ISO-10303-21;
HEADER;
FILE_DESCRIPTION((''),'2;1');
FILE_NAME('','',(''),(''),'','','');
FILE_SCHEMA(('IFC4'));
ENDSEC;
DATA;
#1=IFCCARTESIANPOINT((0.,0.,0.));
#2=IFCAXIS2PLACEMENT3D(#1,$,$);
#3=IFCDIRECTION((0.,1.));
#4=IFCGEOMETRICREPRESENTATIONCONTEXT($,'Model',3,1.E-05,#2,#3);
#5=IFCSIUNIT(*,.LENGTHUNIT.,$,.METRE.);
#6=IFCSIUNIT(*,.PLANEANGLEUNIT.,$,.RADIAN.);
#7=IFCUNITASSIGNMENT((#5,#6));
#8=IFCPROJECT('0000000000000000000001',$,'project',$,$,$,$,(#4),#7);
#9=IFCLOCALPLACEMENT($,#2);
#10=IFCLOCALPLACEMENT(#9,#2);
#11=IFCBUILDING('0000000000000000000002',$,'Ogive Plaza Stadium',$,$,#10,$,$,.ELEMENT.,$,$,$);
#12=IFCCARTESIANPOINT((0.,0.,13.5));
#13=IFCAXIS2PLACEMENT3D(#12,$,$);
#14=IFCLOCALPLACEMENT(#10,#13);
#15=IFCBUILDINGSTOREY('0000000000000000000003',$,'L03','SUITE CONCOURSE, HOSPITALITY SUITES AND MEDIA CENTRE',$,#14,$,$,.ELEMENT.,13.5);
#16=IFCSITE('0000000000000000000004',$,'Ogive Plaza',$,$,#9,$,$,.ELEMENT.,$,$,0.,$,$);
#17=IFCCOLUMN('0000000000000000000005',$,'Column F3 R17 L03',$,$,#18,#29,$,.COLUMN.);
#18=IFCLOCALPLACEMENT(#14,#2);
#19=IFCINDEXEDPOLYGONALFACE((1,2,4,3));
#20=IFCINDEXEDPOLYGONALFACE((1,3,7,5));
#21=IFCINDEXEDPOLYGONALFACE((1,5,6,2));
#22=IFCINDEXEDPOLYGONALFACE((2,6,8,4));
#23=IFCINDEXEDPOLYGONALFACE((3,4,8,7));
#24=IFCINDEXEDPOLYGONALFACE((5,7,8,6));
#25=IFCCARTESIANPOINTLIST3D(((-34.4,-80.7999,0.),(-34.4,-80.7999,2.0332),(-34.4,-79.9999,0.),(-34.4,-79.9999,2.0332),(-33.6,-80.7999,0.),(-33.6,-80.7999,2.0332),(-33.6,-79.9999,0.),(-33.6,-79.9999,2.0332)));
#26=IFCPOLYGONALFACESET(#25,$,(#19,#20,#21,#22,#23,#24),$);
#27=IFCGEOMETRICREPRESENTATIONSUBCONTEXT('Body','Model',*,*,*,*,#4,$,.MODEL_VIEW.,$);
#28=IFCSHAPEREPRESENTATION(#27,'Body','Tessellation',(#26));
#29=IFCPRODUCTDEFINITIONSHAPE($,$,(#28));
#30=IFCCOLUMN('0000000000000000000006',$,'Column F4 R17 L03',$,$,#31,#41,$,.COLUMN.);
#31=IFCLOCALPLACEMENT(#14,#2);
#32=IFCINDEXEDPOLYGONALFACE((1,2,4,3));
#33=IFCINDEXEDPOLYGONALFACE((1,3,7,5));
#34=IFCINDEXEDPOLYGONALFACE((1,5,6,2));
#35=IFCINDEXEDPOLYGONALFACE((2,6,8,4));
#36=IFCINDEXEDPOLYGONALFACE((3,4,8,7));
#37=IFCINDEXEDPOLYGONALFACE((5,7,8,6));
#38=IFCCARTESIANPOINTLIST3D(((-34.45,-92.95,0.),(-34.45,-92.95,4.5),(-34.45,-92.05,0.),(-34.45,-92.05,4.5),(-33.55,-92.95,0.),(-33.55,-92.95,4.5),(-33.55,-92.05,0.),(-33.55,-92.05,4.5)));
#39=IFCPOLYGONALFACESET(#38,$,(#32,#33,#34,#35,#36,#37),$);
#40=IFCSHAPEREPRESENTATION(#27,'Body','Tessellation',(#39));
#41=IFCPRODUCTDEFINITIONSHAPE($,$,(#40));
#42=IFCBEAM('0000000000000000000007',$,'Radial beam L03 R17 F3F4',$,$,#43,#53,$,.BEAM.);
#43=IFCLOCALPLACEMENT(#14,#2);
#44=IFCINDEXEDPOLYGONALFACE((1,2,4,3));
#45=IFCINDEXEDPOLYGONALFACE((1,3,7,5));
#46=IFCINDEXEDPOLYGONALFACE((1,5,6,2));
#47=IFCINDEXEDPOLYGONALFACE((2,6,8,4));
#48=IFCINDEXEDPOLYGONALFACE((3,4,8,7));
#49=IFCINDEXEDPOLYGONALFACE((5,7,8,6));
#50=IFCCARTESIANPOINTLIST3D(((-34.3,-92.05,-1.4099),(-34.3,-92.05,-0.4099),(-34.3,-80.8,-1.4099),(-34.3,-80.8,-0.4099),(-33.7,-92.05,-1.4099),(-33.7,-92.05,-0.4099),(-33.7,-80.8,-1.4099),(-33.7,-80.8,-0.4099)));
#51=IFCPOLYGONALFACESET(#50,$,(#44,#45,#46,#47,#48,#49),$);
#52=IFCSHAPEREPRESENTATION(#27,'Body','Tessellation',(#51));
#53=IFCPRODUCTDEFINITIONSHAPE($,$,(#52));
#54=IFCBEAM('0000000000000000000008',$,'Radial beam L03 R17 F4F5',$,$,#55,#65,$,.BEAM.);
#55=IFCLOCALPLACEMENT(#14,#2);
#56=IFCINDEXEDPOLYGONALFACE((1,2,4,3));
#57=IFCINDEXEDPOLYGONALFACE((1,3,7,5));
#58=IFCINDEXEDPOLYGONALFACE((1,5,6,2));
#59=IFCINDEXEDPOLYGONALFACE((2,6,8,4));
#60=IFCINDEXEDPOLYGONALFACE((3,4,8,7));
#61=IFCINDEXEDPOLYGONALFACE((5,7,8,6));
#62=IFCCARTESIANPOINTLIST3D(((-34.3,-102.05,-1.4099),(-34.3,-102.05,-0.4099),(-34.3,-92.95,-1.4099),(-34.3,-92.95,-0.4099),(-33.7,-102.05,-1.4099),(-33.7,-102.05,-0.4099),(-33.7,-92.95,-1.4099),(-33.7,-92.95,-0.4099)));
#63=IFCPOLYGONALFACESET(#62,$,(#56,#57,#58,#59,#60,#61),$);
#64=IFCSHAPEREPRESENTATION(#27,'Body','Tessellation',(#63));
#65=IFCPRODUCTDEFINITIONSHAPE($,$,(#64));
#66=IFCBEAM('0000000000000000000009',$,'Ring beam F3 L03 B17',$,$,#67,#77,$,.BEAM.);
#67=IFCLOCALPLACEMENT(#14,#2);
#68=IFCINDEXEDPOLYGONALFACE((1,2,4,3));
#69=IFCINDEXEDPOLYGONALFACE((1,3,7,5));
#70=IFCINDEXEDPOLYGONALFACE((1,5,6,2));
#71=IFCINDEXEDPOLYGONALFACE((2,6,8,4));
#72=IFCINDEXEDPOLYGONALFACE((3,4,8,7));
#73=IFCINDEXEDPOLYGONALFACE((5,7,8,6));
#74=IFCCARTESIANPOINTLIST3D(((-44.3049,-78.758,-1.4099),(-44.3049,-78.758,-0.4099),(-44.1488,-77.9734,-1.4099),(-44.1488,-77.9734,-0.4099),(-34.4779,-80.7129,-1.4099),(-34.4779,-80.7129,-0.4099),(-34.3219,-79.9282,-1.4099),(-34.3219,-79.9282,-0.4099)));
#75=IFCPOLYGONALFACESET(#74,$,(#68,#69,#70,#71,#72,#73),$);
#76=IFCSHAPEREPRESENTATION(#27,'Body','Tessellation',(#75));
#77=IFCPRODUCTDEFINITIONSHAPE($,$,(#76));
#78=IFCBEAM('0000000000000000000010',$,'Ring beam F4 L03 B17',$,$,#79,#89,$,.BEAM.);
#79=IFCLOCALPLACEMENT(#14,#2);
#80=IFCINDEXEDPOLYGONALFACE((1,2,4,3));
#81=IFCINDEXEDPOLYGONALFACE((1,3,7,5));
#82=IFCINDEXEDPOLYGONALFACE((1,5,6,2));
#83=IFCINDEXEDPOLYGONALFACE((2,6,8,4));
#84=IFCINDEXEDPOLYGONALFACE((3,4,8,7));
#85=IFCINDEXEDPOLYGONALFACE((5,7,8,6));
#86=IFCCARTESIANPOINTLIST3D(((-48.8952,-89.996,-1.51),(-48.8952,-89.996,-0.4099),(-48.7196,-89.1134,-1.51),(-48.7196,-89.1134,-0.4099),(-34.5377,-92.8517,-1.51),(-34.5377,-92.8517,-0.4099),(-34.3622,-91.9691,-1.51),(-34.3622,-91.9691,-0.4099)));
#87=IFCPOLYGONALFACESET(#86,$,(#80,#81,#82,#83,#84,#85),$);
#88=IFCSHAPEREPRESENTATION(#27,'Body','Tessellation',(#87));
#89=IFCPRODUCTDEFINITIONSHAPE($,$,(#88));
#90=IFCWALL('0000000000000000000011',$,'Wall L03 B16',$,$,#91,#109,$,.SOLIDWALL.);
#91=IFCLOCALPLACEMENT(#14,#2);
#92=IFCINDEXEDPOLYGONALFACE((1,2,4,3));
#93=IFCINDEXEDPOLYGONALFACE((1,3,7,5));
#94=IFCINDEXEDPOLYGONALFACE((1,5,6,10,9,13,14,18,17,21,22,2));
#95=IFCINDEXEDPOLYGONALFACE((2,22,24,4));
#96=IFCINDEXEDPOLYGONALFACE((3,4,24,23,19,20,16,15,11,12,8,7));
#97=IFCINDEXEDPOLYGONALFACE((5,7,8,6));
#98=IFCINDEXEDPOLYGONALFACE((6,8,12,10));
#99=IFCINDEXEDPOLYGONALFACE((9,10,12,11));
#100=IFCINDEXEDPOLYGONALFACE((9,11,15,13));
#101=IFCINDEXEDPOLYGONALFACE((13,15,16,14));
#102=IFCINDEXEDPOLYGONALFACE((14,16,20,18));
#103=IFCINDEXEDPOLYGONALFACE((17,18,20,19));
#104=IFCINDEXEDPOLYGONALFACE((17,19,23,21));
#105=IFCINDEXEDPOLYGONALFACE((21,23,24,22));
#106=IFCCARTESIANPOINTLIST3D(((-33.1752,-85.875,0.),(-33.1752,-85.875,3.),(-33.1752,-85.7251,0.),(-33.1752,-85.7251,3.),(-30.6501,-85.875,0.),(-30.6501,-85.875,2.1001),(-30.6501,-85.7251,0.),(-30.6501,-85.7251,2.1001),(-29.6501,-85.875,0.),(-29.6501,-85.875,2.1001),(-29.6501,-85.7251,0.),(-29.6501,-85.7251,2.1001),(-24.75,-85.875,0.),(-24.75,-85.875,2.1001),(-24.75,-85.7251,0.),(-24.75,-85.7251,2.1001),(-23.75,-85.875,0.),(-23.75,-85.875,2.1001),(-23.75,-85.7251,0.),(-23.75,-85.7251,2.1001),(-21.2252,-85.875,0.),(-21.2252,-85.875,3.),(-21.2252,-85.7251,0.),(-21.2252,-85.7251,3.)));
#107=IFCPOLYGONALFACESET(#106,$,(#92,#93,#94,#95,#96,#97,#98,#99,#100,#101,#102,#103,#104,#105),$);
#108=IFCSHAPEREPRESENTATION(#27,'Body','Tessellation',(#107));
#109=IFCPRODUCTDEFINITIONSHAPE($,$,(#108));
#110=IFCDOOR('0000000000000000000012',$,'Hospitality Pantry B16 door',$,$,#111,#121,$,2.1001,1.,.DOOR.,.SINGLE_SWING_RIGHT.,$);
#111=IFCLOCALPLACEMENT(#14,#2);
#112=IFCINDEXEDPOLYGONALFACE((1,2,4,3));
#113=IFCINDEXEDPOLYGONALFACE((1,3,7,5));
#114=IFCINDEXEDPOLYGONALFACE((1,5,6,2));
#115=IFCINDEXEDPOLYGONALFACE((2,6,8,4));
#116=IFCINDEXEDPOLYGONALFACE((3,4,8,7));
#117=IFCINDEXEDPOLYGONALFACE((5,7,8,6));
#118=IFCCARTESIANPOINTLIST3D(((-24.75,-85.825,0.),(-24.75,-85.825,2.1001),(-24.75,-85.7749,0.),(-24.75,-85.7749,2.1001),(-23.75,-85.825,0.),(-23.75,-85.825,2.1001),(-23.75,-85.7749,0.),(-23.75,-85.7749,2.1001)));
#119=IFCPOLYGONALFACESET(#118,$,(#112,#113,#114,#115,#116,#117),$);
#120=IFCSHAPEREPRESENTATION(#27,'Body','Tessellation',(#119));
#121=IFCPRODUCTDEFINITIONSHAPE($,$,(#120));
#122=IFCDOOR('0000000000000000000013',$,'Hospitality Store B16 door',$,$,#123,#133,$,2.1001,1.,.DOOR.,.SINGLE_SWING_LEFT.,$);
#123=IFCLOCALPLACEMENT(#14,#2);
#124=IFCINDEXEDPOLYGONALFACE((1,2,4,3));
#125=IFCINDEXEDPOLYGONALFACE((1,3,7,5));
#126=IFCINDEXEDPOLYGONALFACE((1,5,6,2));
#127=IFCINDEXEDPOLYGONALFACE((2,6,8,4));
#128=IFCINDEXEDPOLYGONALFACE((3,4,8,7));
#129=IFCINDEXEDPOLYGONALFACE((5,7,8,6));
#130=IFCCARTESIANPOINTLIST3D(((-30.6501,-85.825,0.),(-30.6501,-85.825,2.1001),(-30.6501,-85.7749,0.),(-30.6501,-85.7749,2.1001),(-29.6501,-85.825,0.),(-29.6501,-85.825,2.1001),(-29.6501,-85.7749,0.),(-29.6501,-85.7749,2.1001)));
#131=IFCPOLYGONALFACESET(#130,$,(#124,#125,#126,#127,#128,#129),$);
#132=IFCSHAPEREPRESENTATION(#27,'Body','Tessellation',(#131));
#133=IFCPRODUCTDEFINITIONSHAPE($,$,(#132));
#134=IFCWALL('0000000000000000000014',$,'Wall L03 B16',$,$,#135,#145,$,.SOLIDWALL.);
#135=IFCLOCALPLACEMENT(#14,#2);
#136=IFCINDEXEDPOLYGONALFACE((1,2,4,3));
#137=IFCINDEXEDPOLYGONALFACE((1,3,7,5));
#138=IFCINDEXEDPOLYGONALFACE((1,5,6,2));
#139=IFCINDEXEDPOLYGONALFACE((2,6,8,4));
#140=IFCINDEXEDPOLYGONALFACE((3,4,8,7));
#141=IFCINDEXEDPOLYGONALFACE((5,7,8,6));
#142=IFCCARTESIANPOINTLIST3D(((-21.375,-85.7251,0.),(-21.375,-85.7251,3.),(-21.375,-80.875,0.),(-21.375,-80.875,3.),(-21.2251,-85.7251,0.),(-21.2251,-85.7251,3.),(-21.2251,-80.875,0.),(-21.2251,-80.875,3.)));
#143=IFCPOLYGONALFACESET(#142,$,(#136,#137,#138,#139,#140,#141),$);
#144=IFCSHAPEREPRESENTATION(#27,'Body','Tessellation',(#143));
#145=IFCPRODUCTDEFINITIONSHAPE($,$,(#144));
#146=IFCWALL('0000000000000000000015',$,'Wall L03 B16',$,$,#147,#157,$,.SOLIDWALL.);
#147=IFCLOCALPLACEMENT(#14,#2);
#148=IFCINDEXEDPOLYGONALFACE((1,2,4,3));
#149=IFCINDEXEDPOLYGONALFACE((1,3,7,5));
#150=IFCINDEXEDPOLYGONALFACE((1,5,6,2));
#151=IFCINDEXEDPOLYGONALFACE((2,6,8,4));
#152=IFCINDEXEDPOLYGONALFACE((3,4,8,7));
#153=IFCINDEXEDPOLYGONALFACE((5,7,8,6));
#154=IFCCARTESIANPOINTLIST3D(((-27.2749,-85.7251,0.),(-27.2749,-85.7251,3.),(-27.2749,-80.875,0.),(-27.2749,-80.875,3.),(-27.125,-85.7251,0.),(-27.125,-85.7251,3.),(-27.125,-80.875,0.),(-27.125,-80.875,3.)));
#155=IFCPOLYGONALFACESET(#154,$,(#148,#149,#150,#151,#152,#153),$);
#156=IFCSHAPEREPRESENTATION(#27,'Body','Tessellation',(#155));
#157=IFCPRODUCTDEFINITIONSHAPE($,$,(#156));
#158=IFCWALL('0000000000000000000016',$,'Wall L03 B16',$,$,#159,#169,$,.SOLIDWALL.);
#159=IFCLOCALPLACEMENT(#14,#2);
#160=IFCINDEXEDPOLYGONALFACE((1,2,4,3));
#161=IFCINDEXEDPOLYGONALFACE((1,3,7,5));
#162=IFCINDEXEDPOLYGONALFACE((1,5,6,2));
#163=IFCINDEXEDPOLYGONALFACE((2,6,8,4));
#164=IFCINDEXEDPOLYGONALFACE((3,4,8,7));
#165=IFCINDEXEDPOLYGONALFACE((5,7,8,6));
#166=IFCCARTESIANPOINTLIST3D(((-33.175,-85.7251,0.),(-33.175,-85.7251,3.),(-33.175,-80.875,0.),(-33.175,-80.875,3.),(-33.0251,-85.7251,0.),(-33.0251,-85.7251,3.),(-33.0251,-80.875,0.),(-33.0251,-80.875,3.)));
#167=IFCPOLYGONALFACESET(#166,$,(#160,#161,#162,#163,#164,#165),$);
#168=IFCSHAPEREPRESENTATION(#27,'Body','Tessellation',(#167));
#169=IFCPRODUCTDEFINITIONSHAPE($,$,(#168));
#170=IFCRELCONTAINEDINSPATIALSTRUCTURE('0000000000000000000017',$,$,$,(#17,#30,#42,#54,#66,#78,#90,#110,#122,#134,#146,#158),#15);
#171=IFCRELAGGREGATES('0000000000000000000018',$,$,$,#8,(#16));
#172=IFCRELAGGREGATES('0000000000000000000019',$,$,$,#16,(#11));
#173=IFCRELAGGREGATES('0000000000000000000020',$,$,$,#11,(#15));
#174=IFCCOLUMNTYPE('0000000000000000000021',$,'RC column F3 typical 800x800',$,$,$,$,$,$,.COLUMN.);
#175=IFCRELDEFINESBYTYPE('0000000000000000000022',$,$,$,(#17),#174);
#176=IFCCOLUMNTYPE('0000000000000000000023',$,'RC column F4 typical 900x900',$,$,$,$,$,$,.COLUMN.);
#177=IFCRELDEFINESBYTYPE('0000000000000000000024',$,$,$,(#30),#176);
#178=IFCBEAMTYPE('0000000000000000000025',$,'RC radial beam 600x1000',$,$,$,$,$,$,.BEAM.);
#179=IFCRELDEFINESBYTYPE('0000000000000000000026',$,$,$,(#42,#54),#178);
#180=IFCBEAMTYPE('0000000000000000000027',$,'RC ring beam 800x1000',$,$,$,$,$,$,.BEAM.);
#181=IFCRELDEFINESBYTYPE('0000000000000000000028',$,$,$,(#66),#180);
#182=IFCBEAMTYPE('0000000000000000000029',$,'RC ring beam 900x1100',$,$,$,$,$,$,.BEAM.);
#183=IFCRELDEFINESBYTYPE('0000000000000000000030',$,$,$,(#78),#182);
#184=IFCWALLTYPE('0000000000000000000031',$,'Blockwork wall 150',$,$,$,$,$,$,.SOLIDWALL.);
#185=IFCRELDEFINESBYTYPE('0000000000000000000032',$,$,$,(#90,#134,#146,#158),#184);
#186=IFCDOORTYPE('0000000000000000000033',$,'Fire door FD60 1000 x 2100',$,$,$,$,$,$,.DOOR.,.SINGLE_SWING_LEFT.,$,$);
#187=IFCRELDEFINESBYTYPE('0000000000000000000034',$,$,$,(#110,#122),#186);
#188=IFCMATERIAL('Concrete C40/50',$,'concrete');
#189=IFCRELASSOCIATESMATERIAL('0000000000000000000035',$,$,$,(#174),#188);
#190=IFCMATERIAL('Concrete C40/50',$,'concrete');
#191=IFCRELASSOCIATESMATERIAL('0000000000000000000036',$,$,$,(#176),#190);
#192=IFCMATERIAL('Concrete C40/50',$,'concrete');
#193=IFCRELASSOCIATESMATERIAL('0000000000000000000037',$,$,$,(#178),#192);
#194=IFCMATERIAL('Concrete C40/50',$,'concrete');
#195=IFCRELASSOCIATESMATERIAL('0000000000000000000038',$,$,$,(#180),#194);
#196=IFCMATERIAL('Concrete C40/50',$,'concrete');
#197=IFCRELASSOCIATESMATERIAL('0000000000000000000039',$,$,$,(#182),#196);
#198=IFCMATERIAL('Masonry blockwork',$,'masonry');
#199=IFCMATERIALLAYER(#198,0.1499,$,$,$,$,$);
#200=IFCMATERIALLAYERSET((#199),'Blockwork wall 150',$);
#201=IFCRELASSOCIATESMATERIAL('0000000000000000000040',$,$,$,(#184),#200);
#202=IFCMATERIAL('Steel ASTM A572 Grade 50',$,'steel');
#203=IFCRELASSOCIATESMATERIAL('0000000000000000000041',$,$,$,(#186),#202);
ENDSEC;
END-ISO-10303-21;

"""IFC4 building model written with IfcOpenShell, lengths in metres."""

from ifc_helpers import new_model, si_unit, direction, frame, frame_2d, origin, origin_2d, place, context, subcontext, project, spatial, rectangle, extrude, material, layer, layer_set, material_profile, profile_set, type_object, element, fill, save


model = new_model("IFC4")

# Units and contexts
model_context = context("Model", 3, precision=1e-05, world=origin(), true_north=direction((0.0, 1.0)))
body_context = subcontext(model_context, "Body", "Model", "MODEL_VIEW")
ifc_project = project(units=[si_unit("LENGTHUNIT", "METRE"), si_unit("PLANEANGLEUNIT", "RADIAN")], contexts=[model_context])

# Site, building, storey
site_placement = place(None, origin())
site = spatial("IfcSite", under=ifc_project, at=site_placement, Name="Ogive Plaza", CompositionType="ELEMENT", RefElevation=0.0)
building_placement = place(site_placement, origin())
building = spatial("IfcBuilding", under=site, at=building_placement, Name="Ogive Plaza Stadium", CompositionType="ELEMENT")
storey_placement = place(building_placement, frame((0.0, 0.0, 13.5)))
storey = spatial("IfcBuildingStorey", under=building, at=storey_placement, Name="L03", Description="SUITE CONCOURSE, HOSPITALITY SUITES AND MEDIA CENTRE", CompositionType="ELEMENT", Elevation=13.5)

# Columns
ifc_material_1 = material(Name="Concrete C40/50", Category="concrete")
ifc_material_profile_1 = material_profile(ifc_material_1, rectangle(XDim=0.8, YDim=0.8, at=origin_2d()), Name="RC 800x800")
ifc_profile_set_1 = profile_set([ifc_material_profile_1], Name="Concrete C40/50")
column_type_1 = type_object("IfcColumnType", Name="RC column F3 typical 800x800", PredefinedType="COLUMN", material=ifc_profile_set_1)
column_1_placement = place(storey_placement, frame((-34.0, -80.3999, 0.0), z_axis=(0.0, 0.0, 1.0), x_axis=(1.0, 0.0, 0.0)))
element("IfcColumn", 1, at=column_1_placement, inside=storey, type_object=column_type_1, Name="Column F3 R17 L03", PredefinedType="COLUMN", context=body_context, shape_type="SweptSolid", body=[
    extrude(rectangle(XDim=0.8, YDim=0.8, at=origin_2d()), origin(), (0.0, 0.0, 1.0), 2.0332),
])
ifc_material_2 = material(Name="Concrete C40/50", Category="concrete")
ifc_material_profile_2 = material_profile(ifc_material_2, rectangle(XDim=0.8999, YDim=0.8999, at=origin_2d()), Name="RC 900x900")
ifc_profile_set_2 = profile_set([ifc_material_profile_2], Name="Concrete C40/50")
column_type_2 = type_object("IfcColumnType", Name="RC column F4 typical 900x900", PredefinedType="COLUMN", material=ifc_profile_set_2)
column_2_placement = place(storey_placement, frame((-34.0, -92.5, 0.0), z_axis=(0.0, 0.0, 1.0), x_axis=(1.0, 0.0, 0.0)))
element("IfcColumn", 2, at=column_2_placement, inside=storey, type_object=column_type_2, Name="Column F4 R17 L03", PredefinedType="COLUMN", context=body_context, shape_type="SweptSolid", body=[
    extrude(rectangle(XDim=0.8999, YDim=0.8999, at=origin_2d()), origin(), (0.0, 0.0, 1.0), 4.5),
])

# Beams
ifc_material_3 = material(Name="Concrete C40/50", Category="concrete")
ifc_material_profile_3 = material_profile(ifc_material_3, rectangle(XDim=0.6001, YDim=1.0, at=origin_2d()), Name="RC 600x1000")
ifc_profile_set_3 = profile_set([ifc_material_profile_3], Name="Concrete C40/50")
beam_type_1 = type_object("IfcBeamType", Name="RC radial beam 600x1000", PredefinedType="BEAM", material=ifc_profile_set_3)
beam_1_placement = place(storey_placement, frame((-34.0, -80.8, -0.9099), z_axis=(0.0, -1.0, 0.0), x_axis=(1.0, 0.0, 0.0)))
element("IfcBeam", 3, at=beam_1_placement, inside=storey, type_object=beam_type_1, Name="Radial beam L03 R17 F3F4", PredefinedType="BEAM", context=body_context, shape_type="SweptSolid", body=[
    extrude(rectangle(XDim=0.6001, YDim=1.0, at=origin_2d()), origin(), (0.0, 0.0, 1.0), 11.25),
])
beam_2_placement = place(storey_placement, frame((-34.0, -92.95, -0.9099), z_axis=(0.0, -1.0, 0.0), x_axis=(1.0, 0.0, 0.0)))
element("IfcBeam", 4, at=beam_2_placement, inside=storey, type_object=beam_type_1, Name="Radial beam L03 R17 F4F5", PredefinedType="BEAM", context=body_context, shape_type="SweptSolid", body=[
    extrude(rectangle(XDim=0.6001, YDim=1.0, at=origin_2d()), origin(), (0.0, 0.0, 1.0), 9.1001),
])
ifc_material_4 = material(Name="Concrete C40/50", Category="concrete")
ifc_material_profile_4 = material_profile(ifc_material_4, rectangle(XDim=0.8, YDim=1.0, at=origin_2d()), Name="RC 800x1000")
ifc_profile_set_4 = profile_set([ifc_material_profile_4], Name="Concrete C40/50")
beam_type_2 = type_object("IfcBeamType", Name="RC ring beam 800x1000", PredefinedType="BEAM", material=ifc_profile_set_4)
beam_3_placement = place(storey_placement, frame((-34.3999, -80.3206, -0.9099), z_axis=(-0.980783, 0.195104, 0.0), x_axis=(-0.195104, -0.980783, 0.0)))
element("IfcBeam", 5, at=beam_3_placement, inside=storey, type_object=beam_type_2, Name="Ring beam F3 L03 B17", PredefinedType="BEAM", context=body_context, shape_type="SweptSolid", body=[
    extrude(rectangle(XDim=0.8, YDim=1.0, at=origin_2d()), origin(), (0.0, 0.0, 1.0), 10.0195),
])
ifc_material_5 = material(Name="Concrete C40/50", Category="concrete")
ifc_material_profile_5 = material_profile(ifc_material_5, rectangle(XDim=0.8999, YDim=1.1001, at=origin_2d()), Name="RC 900x1100")
ifc_profile_set_5 = profile_set([ifc_material_profile_5], Name="Concrete C40/50")
beam_type_3 = type_object("IfcBeamType", Name="RC ring beam 900x1100", PredefinedType="BEAM", material=ifc_profile_set_5)
beam_4_placement = place(storey_placement, frame((-34.45, -92.4104, -0.96), z_axis=(-0.980787, 0.19508, 0.0), x_axis=(-0.19508, -0.980787, 0.0)))
element("IfcBeam", 6, at=beam_4_placement, inside=storey, type_object=beam_type_3, Name="Ring beam F4 L03 B17", PredefinedType="BEAM", context=body_context, shape_type="SweptSolid", body=[
    extrude(rectangle(XDim=0.8999, YDim=1.1001, at=origin_2d()), origin(), (0.0, 0.0, 1.0), 14.6387),
])

# Wall, openings, doors
ifc_material_6 = material(Name="Masonry blockwork", Category="masonry")
ifc_layer_1 = layer(ifc_material_6, 0.1499)
ifc_layer_set_1 = layer_set([ifc_layer_1], Name="Blockwork wall 150")
wall_type_1 = type_object("IfcWallType", Name="Blockwork wall 150", PredefinedType="SOLIDWALL", material=ifc_layer_set_1)
wall_1_placement = place(storey_placement, frame((-21.2251, -85.8, 0.0), z_axis=(0.0, 0.0, 1.0), x_axis=(-1.0, 0.0, 0.0)))
wall_1 = element("IfcWall", 7, at=wall_1_placement, inside=storey, type_object=wall_type_1, Name="Wall L03 B16", PredefinedType="SOLIDWALL", context=body_context, shape_type="SweptSolid", body=[
    extrude(rectangle(XDim=11.95, YDim=0.1499, at=frame_2d((5.9751, 0.0))), origin(), (0.0, 0.0, 1.0), 3.0),
])
opening_1_placement = place(wall_1_placement, frame((2.5249, 0.0, 0.0)))
opening_1 = element("IfcOpeningElement", 8, at=opening_1_placement, cuts=wall_1, PredefinedType="OPENING", context=body_context, shape_type="SweptSolid", body=[
    extrude(rectangle(XDim=1.0, YDim=2.1001, at=frame_2d((0.5, 1.05))), frame((0.0, 0.075, 0.0), z_axis=(0.0, -1.0, 0.0), x_axis=(1.0, 0.0, 0.0)), (0.0, 0.0, 1.0), 0.1499),
])
opening_2_placement = place(wall_1_placement, frame((8.425, 0.0, 0.0)))
opening_2 = element("IfcOpeningElement", 9, at=opening_2_placement, cuts=wall_1, PredefinedType="OPENING", context=body_context, shape_type="SweptSolid", body=[
    extrude(rectangle(XDim=1.0, YDim=2.1001, at=frame_2d((0.5, 1.05))), frame((0.0, 0.075, 0.0), z_axis=(0.0, -1.0, 0.0), x_axis=(1.0, 0.0, 0.0)), (0.0, 0.0, 1.0), 0.1499),
])
ifc_material_7 = material(Name="Steel ASTM A572 Grade 50", Category="steel")
door_type_1 = type_object("IfcDoorType", Name="Fire door FD60 1000 x 2100", OperationType="SINGLE_SWING_LEFT", PredefinedType="DOOR", material=ifc_material_7)
door_1_placement = place(opening_1_placement, origin())
door_1 = element("IfcDoor", 10, at=door_1_placement, inside=storey, type_object=door_type_1, Name="Hospitality Pantry B16 door", OperationType="SINGLE_SWING_RIGHT", OverallHeight=2.1001, OverallWidth=1.0, PredefinedType="DOOR", context=body_context, shape_type="SweptSolid", body=[
    extrude(rectangle(XDim=1.0, YDim=2.1001, at=frame_2d((0.5, 1.05))), frame((0.0, 0.0249, 0.0), z_axis=(0.0, -1.0, 0.0), x_axis=(1.0, 0.0, 0.0)), (0.0, 0.0, 1.0), 0.05),
])
fill(opening_1, door_1)
door_2_placement = place(opening_2_placement, origin())
door_2 = element("IfcDoor", 11, at=door_2_placement, inside=storey, type_object=door_type_1, Name="Hospitality Store B16 door", OperationType="SINGLE_SWING_LEFT", OverallHeight=2.1001, OverallWidth=1.0, PredefinedType="DOOR", context=body_context, shape_type="SweptSolid", body=[
    extrude(rectangle(XDim=1.0, YDim=2.1001, at=frame_2d((0.5, 1.05))), frame((0.0, 0.0249, 0.0), z_axis=(0.0, -1.0, 0.0), x_axis=(1.0, 0.0, 0.0)), (0.0, 0.0, 1.0), 0.05),
])
fill(opening_2, door_2)

# Walls
for number, where, z_axis, x_axis, name in (
    (12, (-21.3, -80.875, 0.0), (0.0, 0.0, 1.0), (0.0, -1.0, 0.0), "Wall L03 B16"),
    (13, (-27.2, -80.875, 0.0), (0.0, 0.0, 1.0), (0.0, -1.0, 0.0), "Wall L03 B16"),
    (14, (-33.1001, -80.875, 0.0), (0.0, 0.0, 1.0), (0.0, -1.0, 0.0), "Wall L03 B16"),
):
    element("IfcWall", number, at=place(storey_placement, frame(where, z_axis=z_axis, x_axis=x_axis)), inside=storey, type_object=wall_type_1, Name=name, PredefinedType="SOLIDWALL", context=body_context, shape_type="SweptSolid", body=[
        extrude(rectangle(XDim=4.8501, YDim=0.1499, at=frame_2d((2.425, 0.0))), origin(), (0.0, 0.0, 1.0), 3.0),
    ])

save(model, "model.ifc")
